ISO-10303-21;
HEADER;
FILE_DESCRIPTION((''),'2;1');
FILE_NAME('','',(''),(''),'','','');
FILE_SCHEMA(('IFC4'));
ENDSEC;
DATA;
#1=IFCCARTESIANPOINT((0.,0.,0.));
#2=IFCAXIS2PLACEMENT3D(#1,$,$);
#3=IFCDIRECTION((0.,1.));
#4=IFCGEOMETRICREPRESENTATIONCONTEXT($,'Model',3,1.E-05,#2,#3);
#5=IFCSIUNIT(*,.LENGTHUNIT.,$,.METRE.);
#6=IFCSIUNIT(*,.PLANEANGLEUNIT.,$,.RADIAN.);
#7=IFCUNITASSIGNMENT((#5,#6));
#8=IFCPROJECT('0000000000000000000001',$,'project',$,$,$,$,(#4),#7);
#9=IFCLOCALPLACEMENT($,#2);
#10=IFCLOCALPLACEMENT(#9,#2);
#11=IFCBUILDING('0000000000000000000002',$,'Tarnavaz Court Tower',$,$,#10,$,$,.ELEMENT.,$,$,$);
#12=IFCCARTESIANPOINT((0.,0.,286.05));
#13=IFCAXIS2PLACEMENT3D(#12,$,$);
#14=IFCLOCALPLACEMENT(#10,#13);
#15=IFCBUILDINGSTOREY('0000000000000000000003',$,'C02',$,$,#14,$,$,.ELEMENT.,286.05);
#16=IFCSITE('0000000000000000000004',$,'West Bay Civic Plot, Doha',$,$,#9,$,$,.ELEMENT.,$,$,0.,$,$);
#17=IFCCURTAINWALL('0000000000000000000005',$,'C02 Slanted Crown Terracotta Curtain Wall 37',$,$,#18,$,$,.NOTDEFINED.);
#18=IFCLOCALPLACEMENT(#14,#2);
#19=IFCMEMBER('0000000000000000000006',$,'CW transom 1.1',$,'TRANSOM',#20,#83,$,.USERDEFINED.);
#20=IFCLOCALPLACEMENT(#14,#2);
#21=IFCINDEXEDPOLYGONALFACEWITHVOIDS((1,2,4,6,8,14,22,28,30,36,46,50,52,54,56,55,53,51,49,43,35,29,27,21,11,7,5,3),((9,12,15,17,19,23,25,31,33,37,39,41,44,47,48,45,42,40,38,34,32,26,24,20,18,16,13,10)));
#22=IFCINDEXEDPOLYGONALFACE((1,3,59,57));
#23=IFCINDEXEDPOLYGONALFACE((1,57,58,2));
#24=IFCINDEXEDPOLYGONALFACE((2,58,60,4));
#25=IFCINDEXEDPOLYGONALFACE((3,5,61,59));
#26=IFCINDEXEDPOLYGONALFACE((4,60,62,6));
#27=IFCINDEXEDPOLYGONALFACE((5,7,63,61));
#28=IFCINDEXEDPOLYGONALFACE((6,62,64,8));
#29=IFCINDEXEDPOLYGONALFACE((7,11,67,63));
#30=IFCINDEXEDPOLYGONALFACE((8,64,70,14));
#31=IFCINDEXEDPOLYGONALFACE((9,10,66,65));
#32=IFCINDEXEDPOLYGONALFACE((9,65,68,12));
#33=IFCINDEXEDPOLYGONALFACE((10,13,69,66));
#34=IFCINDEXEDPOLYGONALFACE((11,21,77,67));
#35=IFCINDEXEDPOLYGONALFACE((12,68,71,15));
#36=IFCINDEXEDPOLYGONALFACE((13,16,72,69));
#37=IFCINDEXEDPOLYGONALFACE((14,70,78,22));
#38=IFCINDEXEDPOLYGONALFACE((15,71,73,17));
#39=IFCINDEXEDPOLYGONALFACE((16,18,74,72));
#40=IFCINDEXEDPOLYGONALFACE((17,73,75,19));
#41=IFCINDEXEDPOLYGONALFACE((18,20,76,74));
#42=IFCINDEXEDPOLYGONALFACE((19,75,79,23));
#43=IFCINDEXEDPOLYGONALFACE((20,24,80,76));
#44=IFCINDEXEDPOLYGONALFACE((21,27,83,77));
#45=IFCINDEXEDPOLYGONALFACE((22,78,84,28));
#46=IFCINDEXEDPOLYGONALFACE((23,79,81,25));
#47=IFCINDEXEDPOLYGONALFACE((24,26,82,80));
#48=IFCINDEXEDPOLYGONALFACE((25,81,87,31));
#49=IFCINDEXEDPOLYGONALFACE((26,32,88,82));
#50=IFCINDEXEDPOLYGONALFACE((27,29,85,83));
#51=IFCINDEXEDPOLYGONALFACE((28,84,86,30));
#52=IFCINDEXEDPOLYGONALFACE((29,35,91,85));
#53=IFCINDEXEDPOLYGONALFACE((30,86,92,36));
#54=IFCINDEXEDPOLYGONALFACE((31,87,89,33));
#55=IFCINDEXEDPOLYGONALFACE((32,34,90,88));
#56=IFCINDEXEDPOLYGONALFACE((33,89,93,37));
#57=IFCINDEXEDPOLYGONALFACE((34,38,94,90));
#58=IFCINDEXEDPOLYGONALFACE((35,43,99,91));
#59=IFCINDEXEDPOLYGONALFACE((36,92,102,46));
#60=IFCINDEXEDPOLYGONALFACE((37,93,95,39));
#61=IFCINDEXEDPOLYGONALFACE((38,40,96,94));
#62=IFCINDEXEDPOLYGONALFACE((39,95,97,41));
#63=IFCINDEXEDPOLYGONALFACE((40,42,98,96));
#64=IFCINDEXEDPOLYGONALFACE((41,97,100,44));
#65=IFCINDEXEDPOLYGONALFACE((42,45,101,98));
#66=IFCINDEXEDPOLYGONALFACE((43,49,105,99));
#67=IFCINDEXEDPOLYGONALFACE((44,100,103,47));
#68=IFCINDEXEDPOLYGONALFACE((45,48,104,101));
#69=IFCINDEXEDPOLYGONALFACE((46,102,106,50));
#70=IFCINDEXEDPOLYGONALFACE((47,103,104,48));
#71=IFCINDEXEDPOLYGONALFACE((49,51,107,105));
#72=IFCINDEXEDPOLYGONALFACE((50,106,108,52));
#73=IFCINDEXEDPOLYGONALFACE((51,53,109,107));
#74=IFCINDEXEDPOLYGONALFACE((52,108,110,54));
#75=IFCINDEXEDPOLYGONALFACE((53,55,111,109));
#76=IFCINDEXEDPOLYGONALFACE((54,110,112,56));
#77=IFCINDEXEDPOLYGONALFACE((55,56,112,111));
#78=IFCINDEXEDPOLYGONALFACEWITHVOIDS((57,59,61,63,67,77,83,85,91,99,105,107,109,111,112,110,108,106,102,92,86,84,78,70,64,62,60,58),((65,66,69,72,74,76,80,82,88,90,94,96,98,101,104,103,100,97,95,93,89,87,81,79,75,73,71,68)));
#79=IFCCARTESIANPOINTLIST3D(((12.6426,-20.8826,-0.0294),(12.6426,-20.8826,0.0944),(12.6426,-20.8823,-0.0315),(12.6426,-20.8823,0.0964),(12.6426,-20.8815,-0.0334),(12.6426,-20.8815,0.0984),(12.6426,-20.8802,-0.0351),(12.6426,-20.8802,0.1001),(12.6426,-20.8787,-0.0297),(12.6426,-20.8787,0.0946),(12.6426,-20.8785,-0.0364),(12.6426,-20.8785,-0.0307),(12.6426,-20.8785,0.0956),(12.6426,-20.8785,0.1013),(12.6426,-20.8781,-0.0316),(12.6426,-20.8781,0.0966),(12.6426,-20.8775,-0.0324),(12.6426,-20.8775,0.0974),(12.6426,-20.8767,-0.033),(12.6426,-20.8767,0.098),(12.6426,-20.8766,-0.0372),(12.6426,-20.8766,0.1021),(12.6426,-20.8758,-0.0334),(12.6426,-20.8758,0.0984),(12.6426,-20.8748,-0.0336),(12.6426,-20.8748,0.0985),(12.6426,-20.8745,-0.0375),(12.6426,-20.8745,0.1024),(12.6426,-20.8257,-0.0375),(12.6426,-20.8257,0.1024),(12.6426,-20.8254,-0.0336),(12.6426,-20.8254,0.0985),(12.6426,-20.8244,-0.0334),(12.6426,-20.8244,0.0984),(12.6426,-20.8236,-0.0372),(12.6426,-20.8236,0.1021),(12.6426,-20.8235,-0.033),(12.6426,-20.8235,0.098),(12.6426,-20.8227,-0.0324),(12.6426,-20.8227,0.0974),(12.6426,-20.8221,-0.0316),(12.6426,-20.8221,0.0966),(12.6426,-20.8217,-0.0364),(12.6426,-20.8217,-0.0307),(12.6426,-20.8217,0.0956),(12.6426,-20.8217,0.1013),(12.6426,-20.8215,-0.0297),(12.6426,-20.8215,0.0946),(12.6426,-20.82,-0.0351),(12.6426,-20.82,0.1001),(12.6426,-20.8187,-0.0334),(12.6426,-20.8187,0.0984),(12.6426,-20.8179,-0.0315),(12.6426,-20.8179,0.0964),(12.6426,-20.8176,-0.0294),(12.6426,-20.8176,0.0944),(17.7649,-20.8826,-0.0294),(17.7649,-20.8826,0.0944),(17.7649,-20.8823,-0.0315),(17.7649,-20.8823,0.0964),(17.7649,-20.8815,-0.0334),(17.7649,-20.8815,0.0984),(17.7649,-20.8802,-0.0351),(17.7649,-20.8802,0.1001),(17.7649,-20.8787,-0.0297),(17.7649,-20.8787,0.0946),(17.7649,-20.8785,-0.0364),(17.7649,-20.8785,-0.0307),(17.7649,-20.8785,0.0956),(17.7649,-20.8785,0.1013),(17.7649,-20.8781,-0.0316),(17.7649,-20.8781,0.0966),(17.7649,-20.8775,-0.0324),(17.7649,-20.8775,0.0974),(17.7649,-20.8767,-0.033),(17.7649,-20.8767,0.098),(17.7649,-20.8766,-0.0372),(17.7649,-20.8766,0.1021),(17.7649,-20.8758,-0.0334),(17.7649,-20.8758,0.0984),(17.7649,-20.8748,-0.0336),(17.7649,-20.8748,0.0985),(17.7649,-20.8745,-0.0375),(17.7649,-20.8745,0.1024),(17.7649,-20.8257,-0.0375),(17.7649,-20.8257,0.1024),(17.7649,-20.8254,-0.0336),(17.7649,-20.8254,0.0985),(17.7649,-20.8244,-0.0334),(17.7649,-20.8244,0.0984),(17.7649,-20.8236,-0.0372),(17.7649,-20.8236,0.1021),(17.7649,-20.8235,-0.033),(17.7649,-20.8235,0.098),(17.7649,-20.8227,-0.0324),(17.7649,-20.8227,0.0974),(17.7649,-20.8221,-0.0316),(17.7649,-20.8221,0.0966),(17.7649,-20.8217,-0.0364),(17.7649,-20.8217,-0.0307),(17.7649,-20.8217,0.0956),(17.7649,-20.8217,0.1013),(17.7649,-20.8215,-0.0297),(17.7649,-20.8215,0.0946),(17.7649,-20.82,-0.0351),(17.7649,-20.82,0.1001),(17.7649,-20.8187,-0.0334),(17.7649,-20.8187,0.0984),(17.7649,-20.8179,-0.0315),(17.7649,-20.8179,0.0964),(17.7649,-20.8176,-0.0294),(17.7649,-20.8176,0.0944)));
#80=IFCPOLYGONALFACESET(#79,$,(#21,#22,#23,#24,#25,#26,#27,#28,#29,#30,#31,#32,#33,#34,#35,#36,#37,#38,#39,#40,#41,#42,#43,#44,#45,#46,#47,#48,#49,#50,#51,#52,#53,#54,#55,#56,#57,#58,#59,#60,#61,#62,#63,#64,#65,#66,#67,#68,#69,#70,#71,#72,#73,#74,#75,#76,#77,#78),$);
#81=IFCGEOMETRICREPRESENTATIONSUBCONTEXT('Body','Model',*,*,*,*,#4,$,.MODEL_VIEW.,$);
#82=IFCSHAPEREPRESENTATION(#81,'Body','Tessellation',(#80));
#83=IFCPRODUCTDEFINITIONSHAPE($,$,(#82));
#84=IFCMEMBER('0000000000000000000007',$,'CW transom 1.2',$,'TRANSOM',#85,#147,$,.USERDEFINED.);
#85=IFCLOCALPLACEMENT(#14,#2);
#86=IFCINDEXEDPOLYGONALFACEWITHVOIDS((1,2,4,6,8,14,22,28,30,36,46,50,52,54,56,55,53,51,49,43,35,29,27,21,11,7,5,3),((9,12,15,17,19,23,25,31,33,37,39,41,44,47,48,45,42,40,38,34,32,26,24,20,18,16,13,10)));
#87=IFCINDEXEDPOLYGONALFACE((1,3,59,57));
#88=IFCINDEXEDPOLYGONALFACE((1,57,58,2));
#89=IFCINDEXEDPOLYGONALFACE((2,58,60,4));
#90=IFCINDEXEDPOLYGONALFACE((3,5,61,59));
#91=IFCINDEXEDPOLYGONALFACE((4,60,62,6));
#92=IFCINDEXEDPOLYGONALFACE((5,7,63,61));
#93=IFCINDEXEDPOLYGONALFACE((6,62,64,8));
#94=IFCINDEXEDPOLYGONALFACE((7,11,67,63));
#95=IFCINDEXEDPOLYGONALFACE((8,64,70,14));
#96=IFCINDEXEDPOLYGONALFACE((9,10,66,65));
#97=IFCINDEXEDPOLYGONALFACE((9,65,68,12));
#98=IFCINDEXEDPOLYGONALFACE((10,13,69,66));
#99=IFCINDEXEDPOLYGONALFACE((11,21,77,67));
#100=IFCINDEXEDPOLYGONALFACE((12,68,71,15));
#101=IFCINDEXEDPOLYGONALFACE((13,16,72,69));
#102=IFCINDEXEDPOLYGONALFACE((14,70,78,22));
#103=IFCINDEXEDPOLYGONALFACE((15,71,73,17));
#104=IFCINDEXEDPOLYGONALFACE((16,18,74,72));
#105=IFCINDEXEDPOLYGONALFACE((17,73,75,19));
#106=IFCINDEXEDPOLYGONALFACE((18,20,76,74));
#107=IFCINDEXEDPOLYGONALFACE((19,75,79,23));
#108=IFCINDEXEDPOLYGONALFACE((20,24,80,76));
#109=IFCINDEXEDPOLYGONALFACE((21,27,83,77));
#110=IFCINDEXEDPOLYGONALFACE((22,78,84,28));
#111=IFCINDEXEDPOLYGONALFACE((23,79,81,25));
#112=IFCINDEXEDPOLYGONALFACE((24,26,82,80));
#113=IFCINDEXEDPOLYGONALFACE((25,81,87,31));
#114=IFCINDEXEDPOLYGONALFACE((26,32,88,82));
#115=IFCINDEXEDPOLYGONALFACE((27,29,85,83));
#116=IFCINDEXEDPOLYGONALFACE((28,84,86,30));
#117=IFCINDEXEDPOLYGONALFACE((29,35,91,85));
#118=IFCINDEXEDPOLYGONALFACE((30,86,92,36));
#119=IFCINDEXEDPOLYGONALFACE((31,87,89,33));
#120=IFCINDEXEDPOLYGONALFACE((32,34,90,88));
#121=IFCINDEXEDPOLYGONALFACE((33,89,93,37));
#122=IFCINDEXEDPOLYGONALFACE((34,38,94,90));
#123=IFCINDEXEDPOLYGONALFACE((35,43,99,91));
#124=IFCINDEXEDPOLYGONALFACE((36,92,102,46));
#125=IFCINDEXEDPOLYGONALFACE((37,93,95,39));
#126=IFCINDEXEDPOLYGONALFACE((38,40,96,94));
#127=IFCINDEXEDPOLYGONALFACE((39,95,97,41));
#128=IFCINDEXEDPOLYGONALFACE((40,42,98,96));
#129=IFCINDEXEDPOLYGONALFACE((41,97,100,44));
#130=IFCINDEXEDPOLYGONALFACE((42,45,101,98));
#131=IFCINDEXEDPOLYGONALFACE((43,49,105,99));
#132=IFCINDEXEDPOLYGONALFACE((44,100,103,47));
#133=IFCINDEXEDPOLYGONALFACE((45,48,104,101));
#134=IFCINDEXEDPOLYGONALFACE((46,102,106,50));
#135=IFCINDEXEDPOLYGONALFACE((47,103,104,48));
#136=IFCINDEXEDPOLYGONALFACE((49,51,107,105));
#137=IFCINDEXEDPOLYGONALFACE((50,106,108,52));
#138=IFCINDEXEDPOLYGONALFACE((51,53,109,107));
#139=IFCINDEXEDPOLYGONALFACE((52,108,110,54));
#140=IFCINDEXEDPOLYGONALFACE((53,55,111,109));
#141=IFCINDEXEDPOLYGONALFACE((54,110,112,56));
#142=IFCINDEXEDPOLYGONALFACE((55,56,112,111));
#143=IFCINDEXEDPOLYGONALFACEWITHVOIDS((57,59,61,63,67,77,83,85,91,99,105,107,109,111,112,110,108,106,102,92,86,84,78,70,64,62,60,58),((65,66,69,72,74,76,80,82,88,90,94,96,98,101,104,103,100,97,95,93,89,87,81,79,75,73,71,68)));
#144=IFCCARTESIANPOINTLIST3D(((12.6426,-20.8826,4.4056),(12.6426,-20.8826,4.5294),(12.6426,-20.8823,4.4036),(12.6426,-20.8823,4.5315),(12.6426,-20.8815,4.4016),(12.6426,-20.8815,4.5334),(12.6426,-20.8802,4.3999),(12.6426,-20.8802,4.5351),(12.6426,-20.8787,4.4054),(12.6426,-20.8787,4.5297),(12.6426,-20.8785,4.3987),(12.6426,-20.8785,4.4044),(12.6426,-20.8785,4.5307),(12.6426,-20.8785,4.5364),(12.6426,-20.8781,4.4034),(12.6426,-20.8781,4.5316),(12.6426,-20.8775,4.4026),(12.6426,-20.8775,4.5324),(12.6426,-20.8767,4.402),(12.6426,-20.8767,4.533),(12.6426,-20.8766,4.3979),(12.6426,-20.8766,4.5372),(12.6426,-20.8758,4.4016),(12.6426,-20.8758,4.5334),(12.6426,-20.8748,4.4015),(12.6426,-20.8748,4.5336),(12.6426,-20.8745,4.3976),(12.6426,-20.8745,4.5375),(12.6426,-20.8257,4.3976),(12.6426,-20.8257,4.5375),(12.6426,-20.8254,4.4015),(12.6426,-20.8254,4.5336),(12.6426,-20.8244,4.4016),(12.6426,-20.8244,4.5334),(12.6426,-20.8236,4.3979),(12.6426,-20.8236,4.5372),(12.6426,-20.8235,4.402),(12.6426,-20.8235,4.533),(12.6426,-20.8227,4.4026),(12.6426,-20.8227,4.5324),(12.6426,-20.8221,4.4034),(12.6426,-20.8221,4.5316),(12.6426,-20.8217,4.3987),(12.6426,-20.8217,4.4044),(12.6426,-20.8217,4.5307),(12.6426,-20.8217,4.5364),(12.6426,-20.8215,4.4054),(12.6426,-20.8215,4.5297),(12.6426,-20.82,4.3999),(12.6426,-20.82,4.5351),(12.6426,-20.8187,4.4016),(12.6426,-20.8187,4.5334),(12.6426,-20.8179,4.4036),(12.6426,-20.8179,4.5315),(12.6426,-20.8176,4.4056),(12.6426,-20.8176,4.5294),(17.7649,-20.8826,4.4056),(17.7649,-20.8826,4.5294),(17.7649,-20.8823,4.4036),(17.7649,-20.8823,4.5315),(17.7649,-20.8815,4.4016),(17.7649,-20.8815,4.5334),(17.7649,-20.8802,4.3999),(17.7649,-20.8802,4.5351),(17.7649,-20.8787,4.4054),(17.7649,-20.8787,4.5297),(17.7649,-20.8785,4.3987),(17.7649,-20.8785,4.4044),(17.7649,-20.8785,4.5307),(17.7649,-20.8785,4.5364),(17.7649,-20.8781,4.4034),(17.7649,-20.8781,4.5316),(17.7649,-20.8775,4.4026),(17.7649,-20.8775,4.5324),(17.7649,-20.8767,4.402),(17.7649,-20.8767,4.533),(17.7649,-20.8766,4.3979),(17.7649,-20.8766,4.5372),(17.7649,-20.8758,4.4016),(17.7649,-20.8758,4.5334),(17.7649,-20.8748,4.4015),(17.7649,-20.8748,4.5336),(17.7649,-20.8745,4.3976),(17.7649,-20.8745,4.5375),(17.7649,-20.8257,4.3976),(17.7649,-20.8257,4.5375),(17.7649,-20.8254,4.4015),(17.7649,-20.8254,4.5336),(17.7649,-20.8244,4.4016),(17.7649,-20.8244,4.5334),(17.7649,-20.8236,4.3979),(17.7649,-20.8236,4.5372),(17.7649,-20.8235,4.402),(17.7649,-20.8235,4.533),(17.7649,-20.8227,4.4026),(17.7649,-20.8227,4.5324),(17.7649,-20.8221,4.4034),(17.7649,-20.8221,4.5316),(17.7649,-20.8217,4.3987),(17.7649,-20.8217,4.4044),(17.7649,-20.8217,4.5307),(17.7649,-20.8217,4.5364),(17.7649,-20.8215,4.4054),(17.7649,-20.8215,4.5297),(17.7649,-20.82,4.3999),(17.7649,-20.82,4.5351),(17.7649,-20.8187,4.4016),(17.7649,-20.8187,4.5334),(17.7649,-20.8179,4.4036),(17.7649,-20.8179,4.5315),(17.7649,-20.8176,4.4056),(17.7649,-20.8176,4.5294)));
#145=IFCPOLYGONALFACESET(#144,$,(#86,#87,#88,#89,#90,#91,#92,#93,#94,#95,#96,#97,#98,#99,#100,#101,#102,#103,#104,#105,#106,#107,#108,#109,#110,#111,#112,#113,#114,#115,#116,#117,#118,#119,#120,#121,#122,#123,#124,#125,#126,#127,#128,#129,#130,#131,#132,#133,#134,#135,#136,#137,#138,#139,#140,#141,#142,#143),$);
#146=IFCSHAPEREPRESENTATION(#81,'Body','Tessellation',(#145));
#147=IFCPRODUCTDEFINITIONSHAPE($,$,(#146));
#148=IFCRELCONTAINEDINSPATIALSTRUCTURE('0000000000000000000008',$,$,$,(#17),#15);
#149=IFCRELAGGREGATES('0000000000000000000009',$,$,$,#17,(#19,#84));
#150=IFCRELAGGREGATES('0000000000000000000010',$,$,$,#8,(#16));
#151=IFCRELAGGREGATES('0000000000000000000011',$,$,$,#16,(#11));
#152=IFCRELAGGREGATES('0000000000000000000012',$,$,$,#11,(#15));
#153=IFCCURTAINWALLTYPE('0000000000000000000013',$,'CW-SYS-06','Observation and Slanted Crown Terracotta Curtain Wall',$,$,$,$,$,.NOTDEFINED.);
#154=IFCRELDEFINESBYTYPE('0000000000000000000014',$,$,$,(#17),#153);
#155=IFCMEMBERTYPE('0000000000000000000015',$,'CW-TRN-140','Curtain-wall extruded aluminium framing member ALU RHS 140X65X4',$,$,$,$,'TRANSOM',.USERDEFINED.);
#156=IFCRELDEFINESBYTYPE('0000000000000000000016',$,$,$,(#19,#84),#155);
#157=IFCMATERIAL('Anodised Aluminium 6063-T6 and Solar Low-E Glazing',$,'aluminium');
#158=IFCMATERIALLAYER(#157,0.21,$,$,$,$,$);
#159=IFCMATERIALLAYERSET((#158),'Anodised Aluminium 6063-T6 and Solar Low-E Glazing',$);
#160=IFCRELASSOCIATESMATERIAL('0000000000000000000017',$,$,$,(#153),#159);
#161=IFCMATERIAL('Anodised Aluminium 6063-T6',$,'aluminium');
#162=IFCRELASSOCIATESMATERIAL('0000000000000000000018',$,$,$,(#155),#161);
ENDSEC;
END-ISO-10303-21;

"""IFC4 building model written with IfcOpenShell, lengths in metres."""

from ifc_helpers import new_model, si_unit, direction, frame, origin, origin_2d, place, context, subcontext, project, spatial, hollow_rectangle, extrude, material, layer, layer_set, material_profile, profile_set, type_object, element, aggregate, save


model = new_model("IFC4")

# Units and contexts
model_context = context("Model", 3, precision=1e-05, world=origin(), true_north=direction((0.0, 1.0)))
body_context = subcontext(model_context, "Body", "Model", "MODEL_VIEW")
ifc_project = project(units=[si_unit("LENGTHUNIT", "METRE"), si_unit("PLANEANGLEUNIT", "RADIAN")], contexts=[model_context])

# Site, building, storey
site_placement = place(None, origin())
site = spatial("IfcSite", under=ifc_project, at=site_placement, Name="West Bay Civic Plot, Doha", CompositionType="ELEMENT", RefElevation=0.0)
building_placement = place(site_placement, origin())
building = spatial("IfcBuilding", under=site, at=building_placement, Name="Tarnavaz Court Tower", CompositionType="ELEMENT")
storey_placement = place(building_placement, frame((0.0, 0.0, 286.05)))
storey = spatial("IfcBuildingStorey", under=building, at=storey_placement, Name="C02", CompositionType="ELEMENT", Elevation=286.05)

# Shared definitions
ifc_material_1 = material(Name="Anodised Aluminium 6063-T6 and Solar Low-E Glazing", Category="aluminium")
ifc_layer_1 = layer(ifc_material_1, 0.21)
ifc_layer_set_1 = layer_set([ifc_layer_1], Name="Anodised Aluminium 6063-T6 and Solar Low-E Glazing")
curtain_wall_type = type_object("IfcCurtainWallType", Name="CW-SYS-06", Description="Observation and Slanted Crown Terracotta Curtain Wall", PredefinedType="NOTDEFINED", material=ifc_layer_set_1)
ifc_material_2 = material(Name="Anodised Aluminium 6063-T6", Category="aluminium")

# Curtain wall
curtain_wall_1_placement = place(storey_placement, origin())
curtain_wall_1 = element("IfcCurtainWall", 1, at=curtain_wall_1_placement, inside=storey, type_object=curtain_wall_type, Name="C02 Slanted Crown Terracotta Curtain Wall 37", PredefinedType="NOTDEFINED")

# Members
ifc_material_profile_1 = material_profile(ifc_material_2, hollow_rectangle(XDim=0.0649, YDim=0.1399, WallThickness=0.0039, InnerFilletRadius=0.0039, OuterFilletRadius=0.0081, at=origin_2d()), Name="ALU RHS 140X65X4")
ifc_profile_set_1 = profile_set([ifc_material_profile_1], Name="Anodised Aluminium 6063-T6")
member_type_1 = type_object("IfcMemberType", Name="CW-TRN-140", Description="Curtain-wall extruded aluminium framing member ALU RHS 140X65X4", ElementType="TRANSOM", PredefinedType="USERDEFINED", material=ifc_profile_set_1)
member_1_placement = place(storey_placement, frame((17.7649, -20.8501, 0.0325), z_axis=(-1.0, 0.0, 0.0), x_axis=(0.0, -1.0, 0.0)))
member_1 = element("IfcMember", 2, at=member_1_placement, type_object=member_type_1, Name="CW transom 1.1", ObjectType="TRANSOM", PredefinedType="USERDEFINED", context=body_context, shape_type="SweptSolid", body=[
    extrude(hollow_rectangle(XDim=0.0649, YDim=0.1399, WallThickness=0.0039, InnerFilletRadius=0.0039, OuterFilletRadius=0.0081, at=origin_2d()), origin(), (0.0, 0.0, 1.0), 5.1223),
])
member_2_placement = place(storey_placement, frame((17.7649, -20.8501, 4.4675), z_axis=(-1.0, 0.0, 0.0), x_axis=(0.0, -1.0, 0.0)))
member_2 = element("IfcMember", 3, at=member_2_placement, type_object=member_type_1, Name="CW transom 1.2", ObjectType="TRANSOM", PredefinedType="USERDEFINED", context=body_context, shape_type="SweptSolid", body=[
    extrude(hollow_rectangle(XDim=0.0649, YDim=0.1399, WallThickness=0.0039, InnerFilletRadius=0.0039, OuterFilletRadius=0.0081, at=origin_2d()), origin(), (0.0, 0.0, 1.0), 5.1223),
])

aggregate(curtain_wall_1, [member_1, member_2])

save(model, "model.ifc")
